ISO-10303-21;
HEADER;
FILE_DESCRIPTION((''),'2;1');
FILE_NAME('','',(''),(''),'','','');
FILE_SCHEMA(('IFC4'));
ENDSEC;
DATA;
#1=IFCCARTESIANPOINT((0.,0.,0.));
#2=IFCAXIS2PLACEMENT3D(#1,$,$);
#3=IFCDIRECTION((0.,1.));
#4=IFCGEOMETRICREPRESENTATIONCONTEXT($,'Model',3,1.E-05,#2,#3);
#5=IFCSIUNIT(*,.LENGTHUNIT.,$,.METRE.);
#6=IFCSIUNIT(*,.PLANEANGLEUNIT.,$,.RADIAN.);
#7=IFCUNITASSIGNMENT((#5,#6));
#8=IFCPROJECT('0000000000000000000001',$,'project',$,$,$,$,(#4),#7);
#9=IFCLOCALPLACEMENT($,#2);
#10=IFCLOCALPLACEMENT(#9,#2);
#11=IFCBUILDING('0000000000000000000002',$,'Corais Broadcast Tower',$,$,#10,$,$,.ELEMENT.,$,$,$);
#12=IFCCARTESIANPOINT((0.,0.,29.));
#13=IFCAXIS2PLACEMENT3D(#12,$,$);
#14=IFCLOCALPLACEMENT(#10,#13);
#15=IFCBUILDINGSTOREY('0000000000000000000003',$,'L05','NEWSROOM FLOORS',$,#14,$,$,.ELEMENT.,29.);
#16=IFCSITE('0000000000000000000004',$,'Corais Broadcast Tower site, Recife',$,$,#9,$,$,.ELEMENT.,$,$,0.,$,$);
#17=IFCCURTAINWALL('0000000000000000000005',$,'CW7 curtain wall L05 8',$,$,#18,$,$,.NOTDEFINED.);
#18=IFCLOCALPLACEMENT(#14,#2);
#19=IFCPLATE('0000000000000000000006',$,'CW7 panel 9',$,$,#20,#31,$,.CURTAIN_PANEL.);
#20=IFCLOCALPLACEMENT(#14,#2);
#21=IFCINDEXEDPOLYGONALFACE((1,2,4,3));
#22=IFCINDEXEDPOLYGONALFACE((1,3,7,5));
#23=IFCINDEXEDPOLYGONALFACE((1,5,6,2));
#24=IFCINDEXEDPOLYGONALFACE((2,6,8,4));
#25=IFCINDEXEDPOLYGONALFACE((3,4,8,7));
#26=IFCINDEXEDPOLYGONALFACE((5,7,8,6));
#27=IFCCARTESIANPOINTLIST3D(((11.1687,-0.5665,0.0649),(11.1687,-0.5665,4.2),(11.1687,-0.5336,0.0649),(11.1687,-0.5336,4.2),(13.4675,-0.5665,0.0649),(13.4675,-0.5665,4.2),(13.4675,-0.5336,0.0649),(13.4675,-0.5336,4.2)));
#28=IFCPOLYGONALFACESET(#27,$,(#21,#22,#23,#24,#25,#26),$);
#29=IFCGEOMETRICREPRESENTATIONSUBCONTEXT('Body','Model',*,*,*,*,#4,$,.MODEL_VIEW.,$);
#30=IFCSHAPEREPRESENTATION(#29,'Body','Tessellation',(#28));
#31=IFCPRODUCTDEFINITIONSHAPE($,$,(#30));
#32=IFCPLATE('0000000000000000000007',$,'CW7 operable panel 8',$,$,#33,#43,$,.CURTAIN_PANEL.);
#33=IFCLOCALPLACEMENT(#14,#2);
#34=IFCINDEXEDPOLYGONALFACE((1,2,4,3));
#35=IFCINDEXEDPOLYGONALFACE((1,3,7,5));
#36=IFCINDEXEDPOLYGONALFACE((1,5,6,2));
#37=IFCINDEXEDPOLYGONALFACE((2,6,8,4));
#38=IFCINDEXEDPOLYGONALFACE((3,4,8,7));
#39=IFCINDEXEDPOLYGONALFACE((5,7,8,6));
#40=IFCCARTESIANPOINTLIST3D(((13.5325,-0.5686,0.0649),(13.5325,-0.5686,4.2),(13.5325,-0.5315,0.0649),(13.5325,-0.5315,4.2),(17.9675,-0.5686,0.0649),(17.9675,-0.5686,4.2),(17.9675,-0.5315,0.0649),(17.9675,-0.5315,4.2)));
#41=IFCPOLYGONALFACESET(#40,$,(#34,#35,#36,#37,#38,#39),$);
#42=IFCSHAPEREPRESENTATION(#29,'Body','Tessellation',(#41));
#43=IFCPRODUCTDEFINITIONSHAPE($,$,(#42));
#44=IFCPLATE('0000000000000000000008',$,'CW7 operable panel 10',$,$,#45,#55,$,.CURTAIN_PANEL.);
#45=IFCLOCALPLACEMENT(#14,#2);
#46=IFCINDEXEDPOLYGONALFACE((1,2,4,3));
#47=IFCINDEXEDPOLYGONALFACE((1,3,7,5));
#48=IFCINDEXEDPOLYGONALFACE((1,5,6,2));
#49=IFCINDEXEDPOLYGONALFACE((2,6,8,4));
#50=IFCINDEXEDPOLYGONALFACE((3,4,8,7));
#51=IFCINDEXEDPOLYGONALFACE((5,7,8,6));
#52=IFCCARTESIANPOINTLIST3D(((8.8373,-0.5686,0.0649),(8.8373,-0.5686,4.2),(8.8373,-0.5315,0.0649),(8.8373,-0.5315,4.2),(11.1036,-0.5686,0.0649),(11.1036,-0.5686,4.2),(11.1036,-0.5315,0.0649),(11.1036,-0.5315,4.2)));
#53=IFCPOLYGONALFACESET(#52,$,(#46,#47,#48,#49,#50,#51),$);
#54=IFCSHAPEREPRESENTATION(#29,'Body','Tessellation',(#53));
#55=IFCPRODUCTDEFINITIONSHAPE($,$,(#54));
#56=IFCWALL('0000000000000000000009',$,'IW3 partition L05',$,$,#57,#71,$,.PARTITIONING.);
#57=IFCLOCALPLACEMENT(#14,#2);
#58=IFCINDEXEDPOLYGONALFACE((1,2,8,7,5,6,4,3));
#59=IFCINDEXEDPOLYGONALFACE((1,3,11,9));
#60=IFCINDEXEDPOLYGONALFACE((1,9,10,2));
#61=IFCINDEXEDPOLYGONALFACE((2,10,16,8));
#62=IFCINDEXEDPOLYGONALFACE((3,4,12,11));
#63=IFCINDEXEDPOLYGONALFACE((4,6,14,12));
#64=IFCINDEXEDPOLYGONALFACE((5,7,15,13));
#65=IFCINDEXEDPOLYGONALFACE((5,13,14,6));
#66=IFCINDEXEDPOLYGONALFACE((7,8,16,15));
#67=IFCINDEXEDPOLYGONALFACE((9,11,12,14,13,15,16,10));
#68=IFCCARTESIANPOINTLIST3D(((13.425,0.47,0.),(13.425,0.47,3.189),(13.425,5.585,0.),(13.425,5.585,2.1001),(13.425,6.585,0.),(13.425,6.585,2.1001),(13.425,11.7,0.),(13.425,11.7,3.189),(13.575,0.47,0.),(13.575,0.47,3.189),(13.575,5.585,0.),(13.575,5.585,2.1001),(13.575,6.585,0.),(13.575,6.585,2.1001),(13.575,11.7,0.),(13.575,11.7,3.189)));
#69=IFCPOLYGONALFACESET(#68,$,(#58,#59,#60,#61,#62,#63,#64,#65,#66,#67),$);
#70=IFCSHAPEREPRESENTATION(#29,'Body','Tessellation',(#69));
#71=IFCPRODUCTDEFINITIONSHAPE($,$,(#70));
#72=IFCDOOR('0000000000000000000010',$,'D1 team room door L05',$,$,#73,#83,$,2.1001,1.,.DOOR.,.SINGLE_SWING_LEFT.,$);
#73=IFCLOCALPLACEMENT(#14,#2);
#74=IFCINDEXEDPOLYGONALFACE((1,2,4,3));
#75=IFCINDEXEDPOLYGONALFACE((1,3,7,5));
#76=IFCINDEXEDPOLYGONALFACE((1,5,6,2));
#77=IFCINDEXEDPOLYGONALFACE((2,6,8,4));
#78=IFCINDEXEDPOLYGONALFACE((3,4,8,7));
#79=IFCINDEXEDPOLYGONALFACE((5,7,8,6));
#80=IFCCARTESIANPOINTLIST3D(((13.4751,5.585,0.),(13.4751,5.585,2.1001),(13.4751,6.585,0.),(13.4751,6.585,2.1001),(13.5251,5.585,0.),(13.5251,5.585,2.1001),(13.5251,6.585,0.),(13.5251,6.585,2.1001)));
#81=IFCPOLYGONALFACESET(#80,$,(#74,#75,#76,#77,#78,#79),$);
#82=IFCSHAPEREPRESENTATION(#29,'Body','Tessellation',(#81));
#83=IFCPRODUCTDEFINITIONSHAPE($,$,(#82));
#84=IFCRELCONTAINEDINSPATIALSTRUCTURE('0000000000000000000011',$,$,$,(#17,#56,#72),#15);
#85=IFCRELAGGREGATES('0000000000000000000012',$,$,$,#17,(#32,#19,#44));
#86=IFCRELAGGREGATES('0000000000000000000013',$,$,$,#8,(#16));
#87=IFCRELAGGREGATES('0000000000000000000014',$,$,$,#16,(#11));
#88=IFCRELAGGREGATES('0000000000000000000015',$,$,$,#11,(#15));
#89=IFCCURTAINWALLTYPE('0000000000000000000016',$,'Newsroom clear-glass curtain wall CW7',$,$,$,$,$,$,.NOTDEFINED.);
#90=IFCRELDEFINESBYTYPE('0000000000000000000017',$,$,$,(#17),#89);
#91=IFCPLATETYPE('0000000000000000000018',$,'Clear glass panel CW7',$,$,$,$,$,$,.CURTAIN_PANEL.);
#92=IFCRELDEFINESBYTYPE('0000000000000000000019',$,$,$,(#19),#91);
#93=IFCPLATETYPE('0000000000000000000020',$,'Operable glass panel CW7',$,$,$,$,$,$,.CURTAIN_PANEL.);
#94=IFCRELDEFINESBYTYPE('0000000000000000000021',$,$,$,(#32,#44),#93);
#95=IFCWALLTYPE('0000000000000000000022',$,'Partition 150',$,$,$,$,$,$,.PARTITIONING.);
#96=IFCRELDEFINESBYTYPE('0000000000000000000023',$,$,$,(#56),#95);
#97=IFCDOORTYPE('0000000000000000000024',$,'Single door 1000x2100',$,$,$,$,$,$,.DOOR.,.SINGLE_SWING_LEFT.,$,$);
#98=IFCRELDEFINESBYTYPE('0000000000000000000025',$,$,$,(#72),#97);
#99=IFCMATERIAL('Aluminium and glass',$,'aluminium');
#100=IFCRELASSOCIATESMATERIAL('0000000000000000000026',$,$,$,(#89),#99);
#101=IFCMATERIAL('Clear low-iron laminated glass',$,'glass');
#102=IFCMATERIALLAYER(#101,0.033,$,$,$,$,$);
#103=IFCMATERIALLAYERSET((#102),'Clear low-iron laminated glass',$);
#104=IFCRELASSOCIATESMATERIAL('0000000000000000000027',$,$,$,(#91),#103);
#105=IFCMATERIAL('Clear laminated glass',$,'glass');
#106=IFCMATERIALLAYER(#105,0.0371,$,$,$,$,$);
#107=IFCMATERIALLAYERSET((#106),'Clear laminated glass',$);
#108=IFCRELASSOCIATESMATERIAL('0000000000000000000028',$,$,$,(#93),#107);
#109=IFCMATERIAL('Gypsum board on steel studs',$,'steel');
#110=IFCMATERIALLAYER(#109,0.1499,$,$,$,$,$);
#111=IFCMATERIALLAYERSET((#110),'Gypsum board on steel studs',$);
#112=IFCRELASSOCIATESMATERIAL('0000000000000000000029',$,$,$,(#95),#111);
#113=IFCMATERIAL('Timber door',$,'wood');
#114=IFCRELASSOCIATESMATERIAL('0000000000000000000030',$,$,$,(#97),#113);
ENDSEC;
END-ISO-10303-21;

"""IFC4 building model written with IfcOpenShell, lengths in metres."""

from ifc_helpers import new_model, si_unit, direction, frame, frame_2d, origin, origin_2d, place, context, subcontext, project, spatial, rectangle, extrude, material, layer, layer_set, type_object, element, fill, aggregate, save


model = new_model("IFC4")

# Units and contexts
model_context = context("Model", 3, precision=1e-05, world=origin(), true_north=direction((0.0, 1.0)))
body_context = subcontext(model_context, "Body", "Model", "MODEL_VIEW")
ifc_project = project(units=[si_unit("LENGTHUNIT", "METRE"), si_unit("PLANEANGLEUNIT", "RADIAN")], contexts=[model_context])

# Site, building, storey
site_placement = place(None, origin())
site = spatial("IfcSite", under=ifc_project, at=site_placement, Name="Corais Broadcast Tower site, Recife", CompositionType="ELEMENT", RefElevation=0.0)
building_placement = place(site_placement, origin())
building = spatial("IfcBuilding", under=site, at=building_placement, Name="Corais Broadcast Tower", CompositionType="ELEMENT")
storey_placement = place(building_placement, frame((0.0, 0.0, 29.0)))
storey = spatial("IfcBuildingStorey", under=building, at=storey_placement, Name="L05", Description="NEWSROOM FLOORS", CompositionType="ELEMENT", Elevation=29.0)

# Shared definitions
ifc_material_1 = material(Name="Aluminium and glass", Category="aluminium")
curtain_wall_type = type_object("IfcCurtainWallType", Name="Newsroom clear-glass curtain wall CW7", PredefinedType="NOTDEFINED", material=ifc_material_1)

# Curtain wall
curtain_wall_1_placement = place(storey_placement, origin())
curtain_wall_1 = element("IfcCurtainWall", 1, at=curtain_wall_1_placement, inside=storey, type_object=curtain_wall_type, Name="CW7 curtain wall L05 8", PredefinedType="NOTDEFINED")

# Plates
ifc_material_2 = material(Name="Clear low-iron laminated glass", Category="glass")
ifc_layer_1 = layer(ifc_material_2, 0.033)
ifc_layer_set_1 = layer_set([ifc_layer_1], Name="Clear low-iron laminated glass")
plate_type_1 = type_object("IfcPlateType", Name="Clear glass panel CW7", PredefinedType="CURTAIN_PANEL", material=ifc_layer_set_1)
plate_1_placement = place(storey_placement, frame((12.3181, -0.55, 0.0649), z_axis=(0.0, 0.0, 1.0), x_axis=(-1.0, 0.0, 0.0)))
plate_1 = element("IfcPlate", 2, at=plate_1_placement, type_object=plate_type_1, Name="CW7 panel 9", PredefinedType="CURTAIN_PANEL", context=body_context, shape_type="SweptSolid", body=[
    extrude(rectangle(XDim=2.2988, YDim=0.033, at=origin_2d()), origin(), (0.0, 0.0, 1.0), 4.135),
])
ifc_material_3 = material(Name="Clear laminated glass", Category="glass")
ifc_layer_2 = layer(ifc_material_3, 0.0371)
ifc_layer_set_2 = layer_set([ifc_layer_2], Name="Clear laminated glass")
plate_type_2 = type_object("IfcPlateType", Name="Operable glass panel CW7", PredefinedType="CURTAIN_PANEL", material=ifc_layer_set_2)
plate_2_placement = place(storey_placement, frame((15.75, -0.55, 0.0649), z_axis=(0.0, 0.0, 1.0), x_axis=(-1.0, 0.0, 0.0)))
plate_2 = element("IfcPlate", 3, at=plate_2_placement, type_object=plate_type_2, Name="CW7 operable panel 8", PredefinedType="CURTAIN_PANEL", context=body_context, shape_type="SweptSolid", body=[
    extrude(rectangle(XDim=4.4351, YDim=0.0371, at=origin_2d()), origin(), (0.0, 0.0, 1.0), 4.135),
])
plate_3_placement = place(storey_placement, frame((9.9705, -0.55, 0.0649), z_axis=(0.0, 0.0, 1.0), x_axis=(-1.0, 0.0, 0.0)))
plate_3 = element("IfcPlate", 4, at=plate_3_placement, type_object=plate_type_2, Name="CW7 operable panel 10", PredefinedType="CURTAIN_PANEL", context=body_context, shape_type="SweptSolid", body=[
    extrude(rectangle(XDim=2.2664, YDim=0.0371, at=origin_2d()), origin(), (0.0, 0.0, 1.0), 4.135),
])
aggregate(curtain_wall_1, [plate_2, plate_1, plate_3])

# Wall, opening, door
ifc_material_4 = material(Name="Gypsum board on steel studs", Category="steel")
ifc_layer_3 = layer(ifc_material_4, 0.1499)
ifc_layer_set_3 = layer_set([ifc_layer_3], Name="Gypsum board on steel studs")
wall_type = type_object("IfcWallType", Name="Partition 150", PredefinedType="PARTITIONING", material=ifc_layer_set_3)
wall_placement = place(storey_placement, frame((13.5, 0.47, 0.0), z_axis=(0.0, 0.0, 1.0), x_axis=(0.0, 1.0, 0.0)))
wall = element("IfcWall", 5, at=wall_placement, inside=storey, type_object=wall_type, Name="IW3 partition L05", PredefinedType="PARTITIONING", context=body_context, shape_type="SweptSolid", body=[
    extrude(rectangle(XDim=11.23, YDim=0.1499, at=frame_2d((5.615, 0.0))), origin(), (0.0, 0.0, 1.0), 3.189),
])
opening_placement = place(wall_placement, frame((5.115, 0.0, 0.0)))
opening = element("IfcOpeningElement", 6, at=opening_placement, cuts=wall, PredefinedType="OPENING", context=body_context, shape_type="SweptSolid", body=[
    extrude(rectangle(XDim=1.0, YDim=2.1001, at=frame_2d((0.5, 1.05))), frame((0.0, 0.085, 0.0), z_axis=(0.0, -1.0, 0.0), x_axis=(1.0, 0.0, 0.0)), (0.0, 0.0, 1.0), 0.1699),
])
ifc_material_5 = material(Name="Timber door", Category="wood")
door_type = type_object("IfcDoorType", Name="Single door 1000x2100", OperationType="SINGLE_SWING_LEFT", PredefinedType="DOOR", material=ifc_material_5)
door_placement = place(opening_placement, origin())
door = element("IfcDoor", 7, at=door_placement, inside=storey, type_object=door_type, Name="D1 team room door L05", OperationType="SINGLE_SWING_LEFT", OverallHeight=2.1001, OverallWidth=1.0, PredefinedType="DOOR", context=body_context, shape_type="SweptSolid", body=[
    extrude(rectangle(XDim=1.0, YDim=2.1001, at=frame_2d((0.5, 1.05))), frame((0.0, 0.0249, 0.0), z_axis=(0.0, -1.0, 0.0), x_axis=(1.0, 0.0, 0.0)), (0.0, 0.0, 1.0), 0.05),
])
fill(opening, door)

save(model, "model.ifc")
